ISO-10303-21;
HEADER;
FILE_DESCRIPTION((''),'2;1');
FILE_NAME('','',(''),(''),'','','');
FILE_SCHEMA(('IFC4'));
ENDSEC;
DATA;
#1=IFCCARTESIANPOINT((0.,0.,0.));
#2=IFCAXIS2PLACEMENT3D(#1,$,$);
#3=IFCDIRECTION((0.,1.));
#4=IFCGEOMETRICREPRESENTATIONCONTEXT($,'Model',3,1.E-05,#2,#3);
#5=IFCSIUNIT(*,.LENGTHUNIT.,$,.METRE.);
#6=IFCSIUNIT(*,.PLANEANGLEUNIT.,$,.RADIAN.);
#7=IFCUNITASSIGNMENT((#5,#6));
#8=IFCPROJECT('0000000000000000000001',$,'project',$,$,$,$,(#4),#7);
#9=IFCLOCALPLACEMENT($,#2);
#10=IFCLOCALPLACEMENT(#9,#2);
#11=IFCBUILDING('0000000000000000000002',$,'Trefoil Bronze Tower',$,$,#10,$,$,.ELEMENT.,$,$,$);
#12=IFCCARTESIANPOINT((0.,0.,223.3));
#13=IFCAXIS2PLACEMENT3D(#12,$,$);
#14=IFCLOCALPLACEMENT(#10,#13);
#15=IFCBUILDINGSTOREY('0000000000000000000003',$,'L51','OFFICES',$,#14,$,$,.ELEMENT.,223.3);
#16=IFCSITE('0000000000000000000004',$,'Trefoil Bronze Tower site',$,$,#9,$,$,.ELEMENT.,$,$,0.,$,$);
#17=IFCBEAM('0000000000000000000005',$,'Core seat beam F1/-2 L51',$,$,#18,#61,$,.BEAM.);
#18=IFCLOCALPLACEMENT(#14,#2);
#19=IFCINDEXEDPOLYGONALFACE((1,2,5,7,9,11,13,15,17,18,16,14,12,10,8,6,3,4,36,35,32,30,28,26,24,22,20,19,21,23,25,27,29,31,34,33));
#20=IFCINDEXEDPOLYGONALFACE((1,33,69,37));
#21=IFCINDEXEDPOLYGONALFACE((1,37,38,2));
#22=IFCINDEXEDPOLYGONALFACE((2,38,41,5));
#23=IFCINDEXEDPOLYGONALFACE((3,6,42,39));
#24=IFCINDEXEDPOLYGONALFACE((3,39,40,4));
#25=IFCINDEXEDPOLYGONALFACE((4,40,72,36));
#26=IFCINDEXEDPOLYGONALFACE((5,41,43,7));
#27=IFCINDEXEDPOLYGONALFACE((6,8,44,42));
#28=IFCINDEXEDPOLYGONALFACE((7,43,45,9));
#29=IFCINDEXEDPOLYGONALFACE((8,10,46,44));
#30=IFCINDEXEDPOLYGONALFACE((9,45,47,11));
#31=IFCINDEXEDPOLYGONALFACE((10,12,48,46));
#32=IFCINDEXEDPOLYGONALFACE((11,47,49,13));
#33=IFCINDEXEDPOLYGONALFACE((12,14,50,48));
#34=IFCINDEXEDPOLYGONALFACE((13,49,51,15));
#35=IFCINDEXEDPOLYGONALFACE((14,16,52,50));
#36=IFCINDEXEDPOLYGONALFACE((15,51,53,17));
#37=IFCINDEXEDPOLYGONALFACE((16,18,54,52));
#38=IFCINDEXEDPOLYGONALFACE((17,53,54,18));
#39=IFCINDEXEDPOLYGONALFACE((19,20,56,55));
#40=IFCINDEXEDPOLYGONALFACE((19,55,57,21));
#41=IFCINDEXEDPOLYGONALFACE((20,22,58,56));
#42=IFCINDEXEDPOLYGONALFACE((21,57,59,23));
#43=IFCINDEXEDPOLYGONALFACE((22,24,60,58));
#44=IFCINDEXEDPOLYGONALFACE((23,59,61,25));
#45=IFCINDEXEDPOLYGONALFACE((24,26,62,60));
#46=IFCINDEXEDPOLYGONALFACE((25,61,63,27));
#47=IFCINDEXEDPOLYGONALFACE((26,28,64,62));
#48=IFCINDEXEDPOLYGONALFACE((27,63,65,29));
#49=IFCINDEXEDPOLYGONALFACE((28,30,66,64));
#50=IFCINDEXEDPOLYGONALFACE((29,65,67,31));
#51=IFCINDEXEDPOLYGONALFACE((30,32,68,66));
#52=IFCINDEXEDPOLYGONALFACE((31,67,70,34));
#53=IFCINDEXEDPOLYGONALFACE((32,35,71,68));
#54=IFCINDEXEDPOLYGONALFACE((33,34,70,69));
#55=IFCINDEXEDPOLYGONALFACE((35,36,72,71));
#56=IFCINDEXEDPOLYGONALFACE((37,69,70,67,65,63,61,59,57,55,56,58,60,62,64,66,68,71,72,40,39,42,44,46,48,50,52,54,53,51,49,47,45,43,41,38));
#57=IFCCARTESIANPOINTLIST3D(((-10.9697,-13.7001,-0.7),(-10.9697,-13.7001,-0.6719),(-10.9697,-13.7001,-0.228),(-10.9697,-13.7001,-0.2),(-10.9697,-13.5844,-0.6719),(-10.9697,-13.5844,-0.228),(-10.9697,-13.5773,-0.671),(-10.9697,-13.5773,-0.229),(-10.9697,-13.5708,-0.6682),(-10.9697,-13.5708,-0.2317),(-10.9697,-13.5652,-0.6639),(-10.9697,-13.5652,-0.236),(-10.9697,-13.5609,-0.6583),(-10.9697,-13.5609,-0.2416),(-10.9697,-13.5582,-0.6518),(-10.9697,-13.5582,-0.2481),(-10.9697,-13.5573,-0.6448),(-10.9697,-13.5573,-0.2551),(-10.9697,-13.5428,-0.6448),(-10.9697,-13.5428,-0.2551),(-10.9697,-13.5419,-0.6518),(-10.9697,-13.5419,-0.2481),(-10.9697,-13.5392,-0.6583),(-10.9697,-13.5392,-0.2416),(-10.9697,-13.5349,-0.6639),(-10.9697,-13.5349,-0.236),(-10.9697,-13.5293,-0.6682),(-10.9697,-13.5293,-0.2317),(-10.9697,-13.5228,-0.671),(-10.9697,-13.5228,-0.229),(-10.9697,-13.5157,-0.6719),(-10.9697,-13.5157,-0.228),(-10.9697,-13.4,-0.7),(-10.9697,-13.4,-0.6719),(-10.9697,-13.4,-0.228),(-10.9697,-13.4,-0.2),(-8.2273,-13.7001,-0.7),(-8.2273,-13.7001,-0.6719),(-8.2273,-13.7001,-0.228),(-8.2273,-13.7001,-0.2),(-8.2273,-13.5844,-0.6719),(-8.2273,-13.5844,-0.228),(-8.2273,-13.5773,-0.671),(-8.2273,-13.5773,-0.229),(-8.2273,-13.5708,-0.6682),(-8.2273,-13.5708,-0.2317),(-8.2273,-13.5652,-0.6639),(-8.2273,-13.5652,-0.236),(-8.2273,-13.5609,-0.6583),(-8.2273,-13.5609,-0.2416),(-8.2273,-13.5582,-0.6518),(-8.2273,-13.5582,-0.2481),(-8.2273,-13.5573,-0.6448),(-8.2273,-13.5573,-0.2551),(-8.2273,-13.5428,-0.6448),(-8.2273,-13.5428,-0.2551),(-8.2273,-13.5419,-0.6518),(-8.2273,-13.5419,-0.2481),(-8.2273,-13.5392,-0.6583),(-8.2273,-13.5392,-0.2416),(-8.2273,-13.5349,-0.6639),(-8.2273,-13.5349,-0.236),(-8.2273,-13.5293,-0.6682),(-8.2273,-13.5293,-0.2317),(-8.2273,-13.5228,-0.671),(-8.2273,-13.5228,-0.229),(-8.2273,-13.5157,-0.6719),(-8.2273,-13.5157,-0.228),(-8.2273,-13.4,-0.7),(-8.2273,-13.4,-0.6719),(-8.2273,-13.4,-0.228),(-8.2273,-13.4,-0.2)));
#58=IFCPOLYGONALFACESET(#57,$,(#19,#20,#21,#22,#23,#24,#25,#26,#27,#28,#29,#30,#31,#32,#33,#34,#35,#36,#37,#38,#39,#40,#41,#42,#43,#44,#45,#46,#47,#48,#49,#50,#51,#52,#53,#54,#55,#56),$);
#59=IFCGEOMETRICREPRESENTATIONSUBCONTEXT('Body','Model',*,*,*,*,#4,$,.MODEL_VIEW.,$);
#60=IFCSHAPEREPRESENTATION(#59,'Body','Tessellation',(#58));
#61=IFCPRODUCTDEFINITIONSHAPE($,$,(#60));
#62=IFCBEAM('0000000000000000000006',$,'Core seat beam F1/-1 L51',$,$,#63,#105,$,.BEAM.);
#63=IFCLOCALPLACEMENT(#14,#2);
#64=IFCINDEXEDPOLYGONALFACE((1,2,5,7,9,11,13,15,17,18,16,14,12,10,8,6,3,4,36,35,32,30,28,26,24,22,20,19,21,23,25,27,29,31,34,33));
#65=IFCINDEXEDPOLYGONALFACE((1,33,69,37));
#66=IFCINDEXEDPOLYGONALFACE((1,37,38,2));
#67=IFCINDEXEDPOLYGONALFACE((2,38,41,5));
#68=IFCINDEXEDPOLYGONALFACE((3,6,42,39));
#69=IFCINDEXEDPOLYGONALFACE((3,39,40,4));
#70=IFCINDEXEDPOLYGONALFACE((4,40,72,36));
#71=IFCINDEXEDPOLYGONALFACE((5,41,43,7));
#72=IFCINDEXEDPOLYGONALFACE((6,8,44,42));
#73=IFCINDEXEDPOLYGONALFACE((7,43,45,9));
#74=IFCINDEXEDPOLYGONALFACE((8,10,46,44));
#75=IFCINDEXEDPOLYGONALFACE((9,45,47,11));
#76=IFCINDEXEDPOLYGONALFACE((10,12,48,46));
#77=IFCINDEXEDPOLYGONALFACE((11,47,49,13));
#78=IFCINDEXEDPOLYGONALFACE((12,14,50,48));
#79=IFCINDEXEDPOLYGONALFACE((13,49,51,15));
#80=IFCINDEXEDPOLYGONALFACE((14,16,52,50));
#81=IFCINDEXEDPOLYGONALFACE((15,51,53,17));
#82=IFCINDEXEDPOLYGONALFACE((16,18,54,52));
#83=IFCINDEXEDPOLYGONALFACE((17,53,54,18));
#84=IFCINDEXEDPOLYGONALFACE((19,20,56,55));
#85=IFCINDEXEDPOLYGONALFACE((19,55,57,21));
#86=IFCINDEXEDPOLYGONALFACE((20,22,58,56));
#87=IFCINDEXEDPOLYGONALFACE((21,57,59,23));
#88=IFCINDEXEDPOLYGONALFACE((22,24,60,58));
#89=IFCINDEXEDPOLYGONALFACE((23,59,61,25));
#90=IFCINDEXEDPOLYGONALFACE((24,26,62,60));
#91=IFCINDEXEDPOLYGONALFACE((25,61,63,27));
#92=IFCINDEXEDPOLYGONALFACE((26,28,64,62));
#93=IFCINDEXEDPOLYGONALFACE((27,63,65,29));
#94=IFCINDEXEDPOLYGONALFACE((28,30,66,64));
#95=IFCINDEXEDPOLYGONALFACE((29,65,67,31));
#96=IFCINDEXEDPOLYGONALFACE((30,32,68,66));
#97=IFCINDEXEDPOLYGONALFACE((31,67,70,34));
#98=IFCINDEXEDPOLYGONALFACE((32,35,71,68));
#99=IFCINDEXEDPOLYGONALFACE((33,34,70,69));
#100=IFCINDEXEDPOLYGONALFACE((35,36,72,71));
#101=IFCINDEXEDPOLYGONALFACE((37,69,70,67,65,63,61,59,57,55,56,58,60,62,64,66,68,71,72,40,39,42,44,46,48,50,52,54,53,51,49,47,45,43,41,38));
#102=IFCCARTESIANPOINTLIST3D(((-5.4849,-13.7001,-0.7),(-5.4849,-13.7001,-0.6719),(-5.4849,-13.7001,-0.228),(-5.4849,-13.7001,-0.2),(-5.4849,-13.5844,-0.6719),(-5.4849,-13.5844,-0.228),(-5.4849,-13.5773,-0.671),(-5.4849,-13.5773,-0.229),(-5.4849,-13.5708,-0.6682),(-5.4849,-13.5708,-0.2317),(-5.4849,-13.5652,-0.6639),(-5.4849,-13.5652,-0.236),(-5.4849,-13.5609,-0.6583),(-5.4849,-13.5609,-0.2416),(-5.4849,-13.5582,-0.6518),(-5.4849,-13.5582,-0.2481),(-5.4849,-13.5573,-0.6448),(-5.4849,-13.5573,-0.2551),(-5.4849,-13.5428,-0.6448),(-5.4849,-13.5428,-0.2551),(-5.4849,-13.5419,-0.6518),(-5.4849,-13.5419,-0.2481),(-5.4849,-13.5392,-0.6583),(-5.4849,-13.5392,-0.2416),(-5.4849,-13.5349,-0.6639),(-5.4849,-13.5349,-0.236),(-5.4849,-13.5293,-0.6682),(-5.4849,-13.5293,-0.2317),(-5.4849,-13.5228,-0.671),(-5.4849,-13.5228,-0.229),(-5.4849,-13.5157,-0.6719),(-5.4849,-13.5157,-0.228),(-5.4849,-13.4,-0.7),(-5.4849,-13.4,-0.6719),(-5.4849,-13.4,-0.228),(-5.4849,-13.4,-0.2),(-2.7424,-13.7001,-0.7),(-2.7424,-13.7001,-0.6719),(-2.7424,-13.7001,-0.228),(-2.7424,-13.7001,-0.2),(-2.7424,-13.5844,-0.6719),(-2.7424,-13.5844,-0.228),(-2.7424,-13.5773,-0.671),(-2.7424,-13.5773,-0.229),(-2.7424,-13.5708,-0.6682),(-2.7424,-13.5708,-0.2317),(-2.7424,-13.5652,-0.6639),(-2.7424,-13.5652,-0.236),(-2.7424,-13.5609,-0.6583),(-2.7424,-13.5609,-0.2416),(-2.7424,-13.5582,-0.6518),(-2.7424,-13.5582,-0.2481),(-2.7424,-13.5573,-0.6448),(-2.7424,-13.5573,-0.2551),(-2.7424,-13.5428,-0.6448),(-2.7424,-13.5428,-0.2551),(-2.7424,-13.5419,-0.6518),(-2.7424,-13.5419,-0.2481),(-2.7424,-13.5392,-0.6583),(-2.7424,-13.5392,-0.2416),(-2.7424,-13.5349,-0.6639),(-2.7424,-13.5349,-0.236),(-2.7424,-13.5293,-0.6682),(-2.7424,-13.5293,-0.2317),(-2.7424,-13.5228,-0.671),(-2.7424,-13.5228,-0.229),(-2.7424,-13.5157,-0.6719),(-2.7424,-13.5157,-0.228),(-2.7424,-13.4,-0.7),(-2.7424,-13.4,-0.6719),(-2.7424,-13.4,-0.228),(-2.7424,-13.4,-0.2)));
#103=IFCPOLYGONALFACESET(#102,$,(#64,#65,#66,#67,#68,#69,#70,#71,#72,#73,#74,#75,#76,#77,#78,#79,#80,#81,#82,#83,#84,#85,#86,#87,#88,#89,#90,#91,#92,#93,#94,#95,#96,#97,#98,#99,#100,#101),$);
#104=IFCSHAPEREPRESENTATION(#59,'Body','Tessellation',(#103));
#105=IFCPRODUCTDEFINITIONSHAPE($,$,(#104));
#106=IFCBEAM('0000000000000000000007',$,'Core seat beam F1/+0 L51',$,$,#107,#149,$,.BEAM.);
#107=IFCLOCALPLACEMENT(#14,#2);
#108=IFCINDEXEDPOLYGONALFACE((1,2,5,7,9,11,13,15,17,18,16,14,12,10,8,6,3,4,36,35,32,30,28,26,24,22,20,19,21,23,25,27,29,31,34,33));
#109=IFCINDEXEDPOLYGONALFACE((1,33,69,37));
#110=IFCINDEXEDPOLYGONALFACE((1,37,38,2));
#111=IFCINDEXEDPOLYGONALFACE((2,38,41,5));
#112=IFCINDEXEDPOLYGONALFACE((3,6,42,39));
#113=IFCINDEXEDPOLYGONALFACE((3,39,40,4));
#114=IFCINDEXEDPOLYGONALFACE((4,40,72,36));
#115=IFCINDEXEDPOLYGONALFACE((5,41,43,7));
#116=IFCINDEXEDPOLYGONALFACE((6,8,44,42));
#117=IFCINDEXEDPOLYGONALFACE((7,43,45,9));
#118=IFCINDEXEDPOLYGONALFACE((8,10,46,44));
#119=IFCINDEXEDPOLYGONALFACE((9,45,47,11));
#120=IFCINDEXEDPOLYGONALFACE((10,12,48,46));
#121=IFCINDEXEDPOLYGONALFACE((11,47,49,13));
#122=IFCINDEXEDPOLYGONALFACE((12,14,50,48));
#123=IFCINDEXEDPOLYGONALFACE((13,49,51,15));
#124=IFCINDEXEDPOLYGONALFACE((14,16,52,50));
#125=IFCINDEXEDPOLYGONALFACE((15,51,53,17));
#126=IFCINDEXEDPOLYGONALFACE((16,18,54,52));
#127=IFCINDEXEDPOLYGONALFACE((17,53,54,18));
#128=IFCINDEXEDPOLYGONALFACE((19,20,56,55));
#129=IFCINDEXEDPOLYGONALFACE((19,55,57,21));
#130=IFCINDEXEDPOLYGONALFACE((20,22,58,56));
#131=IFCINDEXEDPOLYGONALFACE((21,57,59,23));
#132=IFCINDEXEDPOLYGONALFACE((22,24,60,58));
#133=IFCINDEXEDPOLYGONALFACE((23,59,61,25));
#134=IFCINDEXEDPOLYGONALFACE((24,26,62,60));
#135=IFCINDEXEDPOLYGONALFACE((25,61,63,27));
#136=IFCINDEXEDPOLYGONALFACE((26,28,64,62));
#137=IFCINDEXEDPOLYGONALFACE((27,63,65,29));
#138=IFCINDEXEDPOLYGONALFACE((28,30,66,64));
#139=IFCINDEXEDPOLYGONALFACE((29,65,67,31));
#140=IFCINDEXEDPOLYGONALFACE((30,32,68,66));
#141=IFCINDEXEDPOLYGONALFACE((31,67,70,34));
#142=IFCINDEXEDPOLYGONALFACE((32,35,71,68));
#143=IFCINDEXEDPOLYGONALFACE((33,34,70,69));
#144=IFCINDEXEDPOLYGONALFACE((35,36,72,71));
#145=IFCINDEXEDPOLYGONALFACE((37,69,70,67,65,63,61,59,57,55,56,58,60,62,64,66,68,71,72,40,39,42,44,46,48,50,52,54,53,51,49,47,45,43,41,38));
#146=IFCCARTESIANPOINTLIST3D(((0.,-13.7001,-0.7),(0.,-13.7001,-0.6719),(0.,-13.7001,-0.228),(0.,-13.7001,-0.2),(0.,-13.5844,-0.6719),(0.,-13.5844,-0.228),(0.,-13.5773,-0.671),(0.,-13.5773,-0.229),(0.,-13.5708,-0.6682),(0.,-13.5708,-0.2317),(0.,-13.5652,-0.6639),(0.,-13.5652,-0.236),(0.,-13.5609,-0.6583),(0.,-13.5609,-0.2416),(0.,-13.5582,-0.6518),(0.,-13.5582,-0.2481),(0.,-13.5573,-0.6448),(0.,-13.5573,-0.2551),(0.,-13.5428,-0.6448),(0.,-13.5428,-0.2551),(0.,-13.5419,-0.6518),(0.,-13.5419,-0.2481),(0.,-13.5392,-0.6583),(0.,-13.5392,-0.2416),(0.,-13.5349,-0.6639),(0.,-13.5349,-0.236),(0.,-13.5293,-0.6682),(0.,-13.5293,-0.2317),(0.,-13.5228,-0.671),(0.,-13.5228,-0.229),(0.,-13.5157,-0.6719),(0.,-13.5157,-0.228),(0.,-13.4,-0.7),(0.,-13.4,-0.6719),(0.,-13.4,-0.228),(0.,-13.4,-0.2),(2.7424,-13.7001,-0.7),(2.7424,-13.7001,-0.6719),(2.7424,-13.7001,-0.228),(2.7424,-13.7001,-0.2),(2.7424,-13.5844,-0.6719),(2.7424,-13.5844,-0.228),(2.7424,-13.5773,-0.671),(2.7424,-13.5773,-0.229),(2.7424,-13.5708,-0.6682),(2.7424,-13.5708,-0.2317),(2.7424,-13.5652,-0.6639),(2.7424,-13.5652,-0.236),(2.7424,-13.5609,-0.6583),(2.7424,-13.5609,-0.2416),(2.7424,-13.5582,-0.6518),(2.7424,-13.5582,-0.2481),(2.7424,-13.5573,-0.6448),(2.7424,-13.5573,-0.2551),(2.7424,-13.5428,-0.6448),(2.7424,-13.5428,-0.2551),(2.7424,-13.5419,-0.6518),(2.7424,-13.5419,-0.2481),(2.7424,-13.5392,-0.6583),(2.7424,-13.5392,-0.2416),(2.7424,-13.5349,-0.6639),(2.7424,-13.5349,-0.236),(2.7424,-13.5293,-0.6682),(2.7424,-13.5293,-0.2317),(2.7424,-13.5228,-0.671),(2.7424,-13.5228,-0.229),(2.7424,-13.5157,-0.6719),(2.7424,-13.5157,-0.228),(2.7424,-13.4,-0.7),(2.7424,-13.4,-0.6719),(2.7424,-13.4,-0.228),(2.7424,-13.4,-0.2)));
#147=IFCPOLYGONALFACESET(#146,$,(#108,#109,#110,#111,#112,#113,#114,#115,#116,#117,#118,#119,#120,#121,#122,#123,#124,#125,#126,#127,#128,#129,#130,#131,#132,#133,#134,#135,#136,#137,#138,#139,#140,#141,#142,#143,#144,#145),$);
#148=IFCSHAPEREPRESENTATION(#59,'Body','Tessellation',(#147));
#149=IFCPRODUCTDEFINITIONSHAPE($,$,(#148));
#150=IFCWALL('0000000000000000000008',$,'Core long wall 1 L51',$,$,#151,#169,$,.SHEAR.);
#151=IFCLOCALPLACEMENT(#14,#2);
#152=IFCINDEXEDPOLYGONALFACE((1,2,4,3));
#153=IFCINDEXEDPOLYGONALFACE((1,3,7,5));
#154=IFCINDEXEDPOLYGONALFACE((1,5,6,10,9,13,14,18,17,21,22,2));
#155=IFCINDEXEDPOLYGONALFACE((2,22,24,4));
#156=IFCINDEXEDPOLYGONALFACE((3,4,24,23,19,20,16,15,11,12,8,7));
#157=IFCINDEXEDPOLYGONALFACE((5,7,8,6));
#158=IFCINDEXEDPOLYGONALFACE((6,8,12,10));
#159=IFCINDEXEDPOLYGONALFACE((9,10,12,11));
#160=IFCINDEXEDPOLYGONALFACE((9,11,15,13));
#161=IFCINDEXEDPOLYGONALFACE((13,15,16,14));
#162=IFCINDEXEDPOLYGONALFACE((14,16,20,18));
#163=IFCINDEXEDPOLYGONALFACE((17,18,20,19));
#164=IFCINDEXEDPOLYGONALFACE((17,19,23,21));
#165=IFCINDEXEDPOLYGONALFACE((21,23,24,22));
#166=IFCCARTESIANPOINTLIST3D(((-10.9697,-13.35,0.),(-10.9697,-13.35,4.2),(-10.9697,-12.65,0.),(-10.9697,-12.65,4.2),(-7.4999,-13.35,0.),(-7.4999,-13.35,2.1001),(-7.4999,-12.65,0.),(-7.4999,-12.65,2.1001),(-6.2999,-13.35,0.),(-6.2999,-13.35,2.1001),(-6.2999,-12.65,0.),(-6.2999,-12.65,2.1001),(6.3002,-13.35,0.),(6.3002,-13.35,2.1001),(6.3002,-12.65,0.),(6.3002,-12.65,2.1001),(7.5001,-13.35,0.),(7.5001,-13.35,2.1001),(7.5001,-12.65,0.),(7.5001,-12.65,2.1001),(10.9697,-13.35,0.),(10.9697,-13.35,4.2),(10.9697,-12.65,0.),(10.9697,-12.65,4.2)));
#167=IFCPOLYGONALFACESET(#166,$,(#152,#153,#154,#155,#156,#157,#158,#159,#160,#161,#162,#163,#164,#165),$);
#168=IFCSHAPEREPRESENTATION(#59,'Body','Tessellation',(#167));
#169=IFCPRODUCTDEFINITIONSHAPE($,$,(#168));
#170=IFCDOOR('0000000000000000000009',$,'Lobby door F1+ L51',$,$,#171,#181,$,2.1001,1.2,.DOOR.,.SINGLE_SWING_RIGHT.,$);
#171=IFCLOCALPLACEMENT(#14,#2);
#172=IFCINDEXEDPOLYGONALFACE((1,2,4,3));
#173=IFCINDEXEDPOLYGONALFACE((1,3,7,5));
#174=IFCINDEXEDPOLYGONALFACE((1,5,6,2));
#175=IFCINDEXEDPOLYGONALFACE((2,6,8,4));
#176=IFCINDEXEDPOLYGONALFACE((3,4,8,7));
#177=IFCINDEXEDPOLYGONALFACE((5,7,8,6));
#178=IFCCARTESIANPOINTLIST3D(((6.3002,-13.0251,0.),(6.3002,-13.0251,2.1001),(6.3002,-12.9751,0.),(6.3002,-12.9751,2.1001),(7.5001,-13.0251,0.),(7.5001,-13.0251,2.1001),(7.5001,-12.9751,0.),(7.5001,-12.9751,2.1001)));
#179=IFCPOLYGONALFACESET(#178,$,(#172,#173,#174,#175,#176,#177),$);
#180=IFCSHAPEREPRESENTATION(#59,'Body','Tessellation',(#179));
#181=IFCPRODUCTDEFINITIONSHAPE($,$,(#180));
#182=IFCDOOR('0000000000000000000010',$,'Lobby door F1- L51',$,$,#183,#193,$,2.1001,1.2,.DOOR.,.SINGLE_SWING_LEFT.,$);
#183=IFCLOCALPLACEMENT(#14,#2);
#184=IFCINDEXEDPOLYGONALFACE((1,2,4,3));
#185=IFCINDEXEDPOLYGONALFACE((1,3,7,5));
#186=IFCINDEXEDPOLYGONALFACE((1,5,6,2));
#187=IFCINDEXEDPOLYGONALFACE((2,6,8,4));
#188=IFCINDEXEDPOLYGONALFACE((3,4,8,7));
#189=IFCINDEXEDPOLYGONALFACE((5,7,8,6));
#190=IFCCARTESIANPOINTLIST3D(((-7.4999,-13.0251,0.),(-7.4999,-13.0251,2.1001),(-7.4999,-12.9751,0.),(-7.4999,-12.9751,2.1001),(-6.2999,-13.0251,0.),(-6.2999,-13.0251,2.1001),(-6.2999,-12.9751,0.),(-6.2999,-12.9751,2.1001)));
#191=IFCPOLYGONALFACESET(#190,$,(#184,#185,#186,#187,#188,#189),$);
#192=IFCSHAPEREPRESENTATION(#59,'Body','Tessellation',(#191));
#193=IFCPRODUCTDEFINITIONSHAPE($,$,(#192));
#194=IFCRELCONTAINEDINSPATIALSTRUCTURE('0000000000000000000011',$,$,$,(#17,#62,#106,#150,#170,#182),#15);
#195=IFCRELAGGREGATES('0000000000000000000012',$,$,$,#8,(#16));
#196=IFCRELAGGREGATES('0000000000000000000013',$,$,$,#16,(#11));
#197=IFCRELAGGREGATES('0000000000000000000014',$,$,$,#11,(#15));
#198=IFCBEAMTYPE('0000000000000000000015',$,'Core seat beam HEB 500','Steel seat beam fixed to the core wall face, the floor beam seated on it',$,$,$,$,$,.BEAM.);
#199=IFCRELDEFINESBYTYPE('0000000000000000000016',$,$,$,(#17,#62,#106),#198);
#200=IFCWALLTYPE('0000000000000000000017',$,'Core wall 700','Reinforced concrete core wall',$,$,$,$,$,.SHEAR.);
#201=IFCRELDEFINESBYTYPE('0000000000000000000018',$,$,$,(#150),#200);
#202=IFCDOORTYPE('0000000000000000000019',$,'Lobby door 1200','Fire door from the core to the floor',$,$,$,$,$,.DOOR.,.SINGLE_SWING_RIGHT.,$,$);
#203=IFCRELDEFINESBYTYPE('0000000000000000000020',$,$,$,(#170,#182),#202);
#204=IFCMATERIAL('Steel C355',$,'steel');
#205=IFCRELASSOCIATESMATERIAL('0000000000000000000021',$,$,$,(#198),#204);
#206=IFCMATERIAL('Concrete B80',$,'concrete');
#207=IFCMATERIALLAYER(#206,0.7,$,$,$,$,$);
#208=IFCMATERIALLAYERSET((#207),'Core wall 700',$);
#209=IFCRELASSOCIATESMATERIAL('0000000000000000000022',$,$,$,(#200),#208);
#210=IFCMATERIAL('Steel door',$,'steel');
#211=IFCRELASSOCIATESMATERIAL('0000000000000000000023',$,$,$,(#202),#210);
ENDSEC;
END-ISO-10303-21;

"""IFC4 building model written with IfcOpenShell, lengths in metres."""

from ifc_helpers import new_model, si_unit, direction, frame, frame_2d, origin, origin_2d, place, context, subcontext, project, spatial, rectangle, i_section, extrude, material, layer, layer_set, material_profile, profile_set, type_object, element, fill, save


model = new_model("IFC4")

# Units and contexts
model_context = context("Model", 3, precision=1e-05, world=origin(), true_north=direction((0.0, 1.0)))
body_context = subcontext(model_context, "Body", "Model", "MODEL_VIEW")
ifc_project = project(units=[si_unit("LENGTHUNIT", "METRE"), si_unit("PLANEANGLEUNIT", "RADIAN")], contexts=[model_context])

# Site, building, storey
site_placement = place(None, origin())
site = spatial("IfcSite", under=ifc_project, at=site_placement, Name="Trefoil Bronze Tower site", CompositionType="ELEMENT", RefElevation=0.0)
building_placement = place(site_placement, origin())
building = spatial("IfcBuilding", under=site, at=building_placement, Name="Trefoil Bronze Tower", CompositionType="ELEMENT")
storey_placement = place(building_placement, frame((0.0, 0.0, 223.3)))
storey = spatial("IfcBuildingStorey", under=building, at=storey_placement, Name="L51", Description="OFFICES", CompositionType="ELEMENT", Elevation=223.3)

# Beams
ifc_material_1 = material(Name="Steel C355", Category="steel")
ifc_material_profile = material_profile(ifc_material_1, i_section(OverallWidth=0.3, OverallDepth=0.5, WebThickness=0.0144, FlangeThickness=0.0281, FilletRadius=0.0271, at=origin_2d()), Name="HEB 500")
ifc_profile_set = profile_set([ifc_material_profile], Name="Steel C355")
beam_type = type_object("IfcBeamType", Name="Core seat beam HEB 500", Description="Steel seat beam fixed to the core wall face, the floor beam seated on it", PredefinedType="BEAM", material=ifc_profile_set)
for number, where, z_axis, x_axis, name in (
    (1, (-10.9697, -13.55, -0.45), (1.0, 0.0, 0.0), (0.0, 1.0, 0.0), "Core seat beam F1/-2 L51"),
    (2, (-5.4849, -13.55, -0.45), (1.0, 0.0, 0.0), (0.0, 1.0, 0.0), "Core seat beam F1/-1 L51"),
    (3, (0.0, -13.55, -0.45), (1.0, 0.0, 0.0), (0.0, 1.0, 0.0), "Core seat beam F1/+0 L51"),
):
    element("IfcBeam", number, at=place(storey_placement, frame(where, z_axis=z_axis, x_axis=x_axis)), inside=storey, type_object=beam_type, Name=name, PredefinedType="BEAM", context=body_context, shape_type="SweptSolid", body=[
        extrude(i_section(OverallWidth=0.3, OverallDepth=0.5, WebThickness=0.0144, FlangeThickness=0.0281, FilletRadius=0.0271, at=origin_2d()), origin(), (0.0, 0.0, 1.0), 2.7424),
    ])

# Wall, openings, doors
ifc_material_2 = material(Name="Concrete B80", Category="concrete")
ifc_layer_1 = layer(ifc_material_2, 0.7)
ifc_layer_set_1 = layer_set([ifc_layer_1], Name="Core wall 700")
wall_type_1 = type_object("IfcWallType", Name="Core wall 700", Description="Reinforced concrete core wall", PredefinedType="SHEAR", material=ifc_layer_set_1)
wall_1_placement = place(storey_placement, frame((-10.9697, -13.0, 0.0), z_axis=(0.0, 0.0, 1.0), x_axis=(1.0, 0.0, 0.0)))
wall_1 = element("IfcWall", 4, at=wall_1_placement, inside=storey, type_object=wall_type_1, Name="Core long wall 1 L51", PredefinedType="SHEAR", context=body_context, shape_type="SweptSolid", body=[
    extrude(rectangle(XDim=21.9395, YDim=0.7, at=frame_2d((10.9697, 0.0))), origin(), (0.0, 0.0, 1.0), 4.2),
])
opening_1_placement = place(wall_1_placement, frame((17.2698, 0.0, 0.0)))
opening_1 = element("IfcOpeningElement", 5, at=opening_1_placement, cuts=wall_1, PredefinedType="OPENING", context=body_context, shape_type="SweptSolid", body=[
    extrude(rectangle(XDim=1.2, YDim=2.1001, at=frame_2d((0.6001, 1.05))), frame((0.0, 0.3599, 0.0), z_axis=(0.0, -1.0, 0.0), x_axis=(1.0, 0.0, 0.0)), (0.0, 0.0, 1.0), 0.72),
])
opening_2_placement = place(wall_1_placement, frame((3.4697, 0.0, 0.0)))
opening_2 = element("IfcOpeningElement", 6, at=opening_2_placement, cuts=wall_1, PredefinedType="OPENING", context=body_context, shape_type="SweptSolid", body=[
    extrude(rectangle(XDim=1.2, YDim=2.1001, at=frame_2d((0.6001, 1.05))), frame((0.0, 0.3599, 0.0), z_axis=(0.0, -1.0, 0.0), x_axis=(1.0, 0.0, 0.0)), (0.0, 0.0, 1.0), 0.72),
])
ifc_material_3 = material(Name="Steel door", Category="steel")
door_type_1 = type_object("IfcDoorType", Name="Lobby door 1200", Description="Fire door from the core to the floor", OperationType="SINGLE_SWING_RIGHT", PredefinedType="DOOR", material=ifc_material_3)
door_1_placement = place(opening_1_placement, origin())
door_1 = element("IfcDoor", 7, at=door_1_placement, inside=storey, type_object=door_type_1, Name="Lobby door F1+ L51", OperationType="SINGLE_SWING_RIGHT", OverallHeight=2.1001, OverallWidth=1.2, PredefinedType="DOOR", context=body_context, shape_type="SweptSolid", body=[
    extrude(rectangle(XDim=1.2, YDim=2.1001, at=frame_2d((0.6001, 1.05))), frame((0.0, 0.0249, 0.0), z_axis=(0.0, -1.0, 0.0), x_axis=(1.0, 0.0, 0.0)), (0.0, 0.0, 1.0), 0.05),
])
fill(opening_1, door_1)
door_2_placement = place(opening_2_placement, origin())
door_2 = element("IfcDoor", 8, at=door_2_placement, inside=storey, type_object=door_type_1, Name="Lobby door F1- L51", OperationType="SINGLE_SWING_LEFT", OverallHeight=2.1001, OverallWidth=1.2, PredefinedType="DOOR", context=body_context, shape_type="SweptSolid", body=[
    extrude(rectangle(XDim=1.2, YDim=2.1001, at=frame_2d((0.6001, 1.05))), frame((0.0, 0.0249, 0.0), z_axis=(0.0, -1.0, 0.0), x_axis=(1.0, 0.0, 0.0)), (0.0, 0.0, 1.0), 0.05),
])
fill(opening_2, door_2)

save(model, "model.ifc")
